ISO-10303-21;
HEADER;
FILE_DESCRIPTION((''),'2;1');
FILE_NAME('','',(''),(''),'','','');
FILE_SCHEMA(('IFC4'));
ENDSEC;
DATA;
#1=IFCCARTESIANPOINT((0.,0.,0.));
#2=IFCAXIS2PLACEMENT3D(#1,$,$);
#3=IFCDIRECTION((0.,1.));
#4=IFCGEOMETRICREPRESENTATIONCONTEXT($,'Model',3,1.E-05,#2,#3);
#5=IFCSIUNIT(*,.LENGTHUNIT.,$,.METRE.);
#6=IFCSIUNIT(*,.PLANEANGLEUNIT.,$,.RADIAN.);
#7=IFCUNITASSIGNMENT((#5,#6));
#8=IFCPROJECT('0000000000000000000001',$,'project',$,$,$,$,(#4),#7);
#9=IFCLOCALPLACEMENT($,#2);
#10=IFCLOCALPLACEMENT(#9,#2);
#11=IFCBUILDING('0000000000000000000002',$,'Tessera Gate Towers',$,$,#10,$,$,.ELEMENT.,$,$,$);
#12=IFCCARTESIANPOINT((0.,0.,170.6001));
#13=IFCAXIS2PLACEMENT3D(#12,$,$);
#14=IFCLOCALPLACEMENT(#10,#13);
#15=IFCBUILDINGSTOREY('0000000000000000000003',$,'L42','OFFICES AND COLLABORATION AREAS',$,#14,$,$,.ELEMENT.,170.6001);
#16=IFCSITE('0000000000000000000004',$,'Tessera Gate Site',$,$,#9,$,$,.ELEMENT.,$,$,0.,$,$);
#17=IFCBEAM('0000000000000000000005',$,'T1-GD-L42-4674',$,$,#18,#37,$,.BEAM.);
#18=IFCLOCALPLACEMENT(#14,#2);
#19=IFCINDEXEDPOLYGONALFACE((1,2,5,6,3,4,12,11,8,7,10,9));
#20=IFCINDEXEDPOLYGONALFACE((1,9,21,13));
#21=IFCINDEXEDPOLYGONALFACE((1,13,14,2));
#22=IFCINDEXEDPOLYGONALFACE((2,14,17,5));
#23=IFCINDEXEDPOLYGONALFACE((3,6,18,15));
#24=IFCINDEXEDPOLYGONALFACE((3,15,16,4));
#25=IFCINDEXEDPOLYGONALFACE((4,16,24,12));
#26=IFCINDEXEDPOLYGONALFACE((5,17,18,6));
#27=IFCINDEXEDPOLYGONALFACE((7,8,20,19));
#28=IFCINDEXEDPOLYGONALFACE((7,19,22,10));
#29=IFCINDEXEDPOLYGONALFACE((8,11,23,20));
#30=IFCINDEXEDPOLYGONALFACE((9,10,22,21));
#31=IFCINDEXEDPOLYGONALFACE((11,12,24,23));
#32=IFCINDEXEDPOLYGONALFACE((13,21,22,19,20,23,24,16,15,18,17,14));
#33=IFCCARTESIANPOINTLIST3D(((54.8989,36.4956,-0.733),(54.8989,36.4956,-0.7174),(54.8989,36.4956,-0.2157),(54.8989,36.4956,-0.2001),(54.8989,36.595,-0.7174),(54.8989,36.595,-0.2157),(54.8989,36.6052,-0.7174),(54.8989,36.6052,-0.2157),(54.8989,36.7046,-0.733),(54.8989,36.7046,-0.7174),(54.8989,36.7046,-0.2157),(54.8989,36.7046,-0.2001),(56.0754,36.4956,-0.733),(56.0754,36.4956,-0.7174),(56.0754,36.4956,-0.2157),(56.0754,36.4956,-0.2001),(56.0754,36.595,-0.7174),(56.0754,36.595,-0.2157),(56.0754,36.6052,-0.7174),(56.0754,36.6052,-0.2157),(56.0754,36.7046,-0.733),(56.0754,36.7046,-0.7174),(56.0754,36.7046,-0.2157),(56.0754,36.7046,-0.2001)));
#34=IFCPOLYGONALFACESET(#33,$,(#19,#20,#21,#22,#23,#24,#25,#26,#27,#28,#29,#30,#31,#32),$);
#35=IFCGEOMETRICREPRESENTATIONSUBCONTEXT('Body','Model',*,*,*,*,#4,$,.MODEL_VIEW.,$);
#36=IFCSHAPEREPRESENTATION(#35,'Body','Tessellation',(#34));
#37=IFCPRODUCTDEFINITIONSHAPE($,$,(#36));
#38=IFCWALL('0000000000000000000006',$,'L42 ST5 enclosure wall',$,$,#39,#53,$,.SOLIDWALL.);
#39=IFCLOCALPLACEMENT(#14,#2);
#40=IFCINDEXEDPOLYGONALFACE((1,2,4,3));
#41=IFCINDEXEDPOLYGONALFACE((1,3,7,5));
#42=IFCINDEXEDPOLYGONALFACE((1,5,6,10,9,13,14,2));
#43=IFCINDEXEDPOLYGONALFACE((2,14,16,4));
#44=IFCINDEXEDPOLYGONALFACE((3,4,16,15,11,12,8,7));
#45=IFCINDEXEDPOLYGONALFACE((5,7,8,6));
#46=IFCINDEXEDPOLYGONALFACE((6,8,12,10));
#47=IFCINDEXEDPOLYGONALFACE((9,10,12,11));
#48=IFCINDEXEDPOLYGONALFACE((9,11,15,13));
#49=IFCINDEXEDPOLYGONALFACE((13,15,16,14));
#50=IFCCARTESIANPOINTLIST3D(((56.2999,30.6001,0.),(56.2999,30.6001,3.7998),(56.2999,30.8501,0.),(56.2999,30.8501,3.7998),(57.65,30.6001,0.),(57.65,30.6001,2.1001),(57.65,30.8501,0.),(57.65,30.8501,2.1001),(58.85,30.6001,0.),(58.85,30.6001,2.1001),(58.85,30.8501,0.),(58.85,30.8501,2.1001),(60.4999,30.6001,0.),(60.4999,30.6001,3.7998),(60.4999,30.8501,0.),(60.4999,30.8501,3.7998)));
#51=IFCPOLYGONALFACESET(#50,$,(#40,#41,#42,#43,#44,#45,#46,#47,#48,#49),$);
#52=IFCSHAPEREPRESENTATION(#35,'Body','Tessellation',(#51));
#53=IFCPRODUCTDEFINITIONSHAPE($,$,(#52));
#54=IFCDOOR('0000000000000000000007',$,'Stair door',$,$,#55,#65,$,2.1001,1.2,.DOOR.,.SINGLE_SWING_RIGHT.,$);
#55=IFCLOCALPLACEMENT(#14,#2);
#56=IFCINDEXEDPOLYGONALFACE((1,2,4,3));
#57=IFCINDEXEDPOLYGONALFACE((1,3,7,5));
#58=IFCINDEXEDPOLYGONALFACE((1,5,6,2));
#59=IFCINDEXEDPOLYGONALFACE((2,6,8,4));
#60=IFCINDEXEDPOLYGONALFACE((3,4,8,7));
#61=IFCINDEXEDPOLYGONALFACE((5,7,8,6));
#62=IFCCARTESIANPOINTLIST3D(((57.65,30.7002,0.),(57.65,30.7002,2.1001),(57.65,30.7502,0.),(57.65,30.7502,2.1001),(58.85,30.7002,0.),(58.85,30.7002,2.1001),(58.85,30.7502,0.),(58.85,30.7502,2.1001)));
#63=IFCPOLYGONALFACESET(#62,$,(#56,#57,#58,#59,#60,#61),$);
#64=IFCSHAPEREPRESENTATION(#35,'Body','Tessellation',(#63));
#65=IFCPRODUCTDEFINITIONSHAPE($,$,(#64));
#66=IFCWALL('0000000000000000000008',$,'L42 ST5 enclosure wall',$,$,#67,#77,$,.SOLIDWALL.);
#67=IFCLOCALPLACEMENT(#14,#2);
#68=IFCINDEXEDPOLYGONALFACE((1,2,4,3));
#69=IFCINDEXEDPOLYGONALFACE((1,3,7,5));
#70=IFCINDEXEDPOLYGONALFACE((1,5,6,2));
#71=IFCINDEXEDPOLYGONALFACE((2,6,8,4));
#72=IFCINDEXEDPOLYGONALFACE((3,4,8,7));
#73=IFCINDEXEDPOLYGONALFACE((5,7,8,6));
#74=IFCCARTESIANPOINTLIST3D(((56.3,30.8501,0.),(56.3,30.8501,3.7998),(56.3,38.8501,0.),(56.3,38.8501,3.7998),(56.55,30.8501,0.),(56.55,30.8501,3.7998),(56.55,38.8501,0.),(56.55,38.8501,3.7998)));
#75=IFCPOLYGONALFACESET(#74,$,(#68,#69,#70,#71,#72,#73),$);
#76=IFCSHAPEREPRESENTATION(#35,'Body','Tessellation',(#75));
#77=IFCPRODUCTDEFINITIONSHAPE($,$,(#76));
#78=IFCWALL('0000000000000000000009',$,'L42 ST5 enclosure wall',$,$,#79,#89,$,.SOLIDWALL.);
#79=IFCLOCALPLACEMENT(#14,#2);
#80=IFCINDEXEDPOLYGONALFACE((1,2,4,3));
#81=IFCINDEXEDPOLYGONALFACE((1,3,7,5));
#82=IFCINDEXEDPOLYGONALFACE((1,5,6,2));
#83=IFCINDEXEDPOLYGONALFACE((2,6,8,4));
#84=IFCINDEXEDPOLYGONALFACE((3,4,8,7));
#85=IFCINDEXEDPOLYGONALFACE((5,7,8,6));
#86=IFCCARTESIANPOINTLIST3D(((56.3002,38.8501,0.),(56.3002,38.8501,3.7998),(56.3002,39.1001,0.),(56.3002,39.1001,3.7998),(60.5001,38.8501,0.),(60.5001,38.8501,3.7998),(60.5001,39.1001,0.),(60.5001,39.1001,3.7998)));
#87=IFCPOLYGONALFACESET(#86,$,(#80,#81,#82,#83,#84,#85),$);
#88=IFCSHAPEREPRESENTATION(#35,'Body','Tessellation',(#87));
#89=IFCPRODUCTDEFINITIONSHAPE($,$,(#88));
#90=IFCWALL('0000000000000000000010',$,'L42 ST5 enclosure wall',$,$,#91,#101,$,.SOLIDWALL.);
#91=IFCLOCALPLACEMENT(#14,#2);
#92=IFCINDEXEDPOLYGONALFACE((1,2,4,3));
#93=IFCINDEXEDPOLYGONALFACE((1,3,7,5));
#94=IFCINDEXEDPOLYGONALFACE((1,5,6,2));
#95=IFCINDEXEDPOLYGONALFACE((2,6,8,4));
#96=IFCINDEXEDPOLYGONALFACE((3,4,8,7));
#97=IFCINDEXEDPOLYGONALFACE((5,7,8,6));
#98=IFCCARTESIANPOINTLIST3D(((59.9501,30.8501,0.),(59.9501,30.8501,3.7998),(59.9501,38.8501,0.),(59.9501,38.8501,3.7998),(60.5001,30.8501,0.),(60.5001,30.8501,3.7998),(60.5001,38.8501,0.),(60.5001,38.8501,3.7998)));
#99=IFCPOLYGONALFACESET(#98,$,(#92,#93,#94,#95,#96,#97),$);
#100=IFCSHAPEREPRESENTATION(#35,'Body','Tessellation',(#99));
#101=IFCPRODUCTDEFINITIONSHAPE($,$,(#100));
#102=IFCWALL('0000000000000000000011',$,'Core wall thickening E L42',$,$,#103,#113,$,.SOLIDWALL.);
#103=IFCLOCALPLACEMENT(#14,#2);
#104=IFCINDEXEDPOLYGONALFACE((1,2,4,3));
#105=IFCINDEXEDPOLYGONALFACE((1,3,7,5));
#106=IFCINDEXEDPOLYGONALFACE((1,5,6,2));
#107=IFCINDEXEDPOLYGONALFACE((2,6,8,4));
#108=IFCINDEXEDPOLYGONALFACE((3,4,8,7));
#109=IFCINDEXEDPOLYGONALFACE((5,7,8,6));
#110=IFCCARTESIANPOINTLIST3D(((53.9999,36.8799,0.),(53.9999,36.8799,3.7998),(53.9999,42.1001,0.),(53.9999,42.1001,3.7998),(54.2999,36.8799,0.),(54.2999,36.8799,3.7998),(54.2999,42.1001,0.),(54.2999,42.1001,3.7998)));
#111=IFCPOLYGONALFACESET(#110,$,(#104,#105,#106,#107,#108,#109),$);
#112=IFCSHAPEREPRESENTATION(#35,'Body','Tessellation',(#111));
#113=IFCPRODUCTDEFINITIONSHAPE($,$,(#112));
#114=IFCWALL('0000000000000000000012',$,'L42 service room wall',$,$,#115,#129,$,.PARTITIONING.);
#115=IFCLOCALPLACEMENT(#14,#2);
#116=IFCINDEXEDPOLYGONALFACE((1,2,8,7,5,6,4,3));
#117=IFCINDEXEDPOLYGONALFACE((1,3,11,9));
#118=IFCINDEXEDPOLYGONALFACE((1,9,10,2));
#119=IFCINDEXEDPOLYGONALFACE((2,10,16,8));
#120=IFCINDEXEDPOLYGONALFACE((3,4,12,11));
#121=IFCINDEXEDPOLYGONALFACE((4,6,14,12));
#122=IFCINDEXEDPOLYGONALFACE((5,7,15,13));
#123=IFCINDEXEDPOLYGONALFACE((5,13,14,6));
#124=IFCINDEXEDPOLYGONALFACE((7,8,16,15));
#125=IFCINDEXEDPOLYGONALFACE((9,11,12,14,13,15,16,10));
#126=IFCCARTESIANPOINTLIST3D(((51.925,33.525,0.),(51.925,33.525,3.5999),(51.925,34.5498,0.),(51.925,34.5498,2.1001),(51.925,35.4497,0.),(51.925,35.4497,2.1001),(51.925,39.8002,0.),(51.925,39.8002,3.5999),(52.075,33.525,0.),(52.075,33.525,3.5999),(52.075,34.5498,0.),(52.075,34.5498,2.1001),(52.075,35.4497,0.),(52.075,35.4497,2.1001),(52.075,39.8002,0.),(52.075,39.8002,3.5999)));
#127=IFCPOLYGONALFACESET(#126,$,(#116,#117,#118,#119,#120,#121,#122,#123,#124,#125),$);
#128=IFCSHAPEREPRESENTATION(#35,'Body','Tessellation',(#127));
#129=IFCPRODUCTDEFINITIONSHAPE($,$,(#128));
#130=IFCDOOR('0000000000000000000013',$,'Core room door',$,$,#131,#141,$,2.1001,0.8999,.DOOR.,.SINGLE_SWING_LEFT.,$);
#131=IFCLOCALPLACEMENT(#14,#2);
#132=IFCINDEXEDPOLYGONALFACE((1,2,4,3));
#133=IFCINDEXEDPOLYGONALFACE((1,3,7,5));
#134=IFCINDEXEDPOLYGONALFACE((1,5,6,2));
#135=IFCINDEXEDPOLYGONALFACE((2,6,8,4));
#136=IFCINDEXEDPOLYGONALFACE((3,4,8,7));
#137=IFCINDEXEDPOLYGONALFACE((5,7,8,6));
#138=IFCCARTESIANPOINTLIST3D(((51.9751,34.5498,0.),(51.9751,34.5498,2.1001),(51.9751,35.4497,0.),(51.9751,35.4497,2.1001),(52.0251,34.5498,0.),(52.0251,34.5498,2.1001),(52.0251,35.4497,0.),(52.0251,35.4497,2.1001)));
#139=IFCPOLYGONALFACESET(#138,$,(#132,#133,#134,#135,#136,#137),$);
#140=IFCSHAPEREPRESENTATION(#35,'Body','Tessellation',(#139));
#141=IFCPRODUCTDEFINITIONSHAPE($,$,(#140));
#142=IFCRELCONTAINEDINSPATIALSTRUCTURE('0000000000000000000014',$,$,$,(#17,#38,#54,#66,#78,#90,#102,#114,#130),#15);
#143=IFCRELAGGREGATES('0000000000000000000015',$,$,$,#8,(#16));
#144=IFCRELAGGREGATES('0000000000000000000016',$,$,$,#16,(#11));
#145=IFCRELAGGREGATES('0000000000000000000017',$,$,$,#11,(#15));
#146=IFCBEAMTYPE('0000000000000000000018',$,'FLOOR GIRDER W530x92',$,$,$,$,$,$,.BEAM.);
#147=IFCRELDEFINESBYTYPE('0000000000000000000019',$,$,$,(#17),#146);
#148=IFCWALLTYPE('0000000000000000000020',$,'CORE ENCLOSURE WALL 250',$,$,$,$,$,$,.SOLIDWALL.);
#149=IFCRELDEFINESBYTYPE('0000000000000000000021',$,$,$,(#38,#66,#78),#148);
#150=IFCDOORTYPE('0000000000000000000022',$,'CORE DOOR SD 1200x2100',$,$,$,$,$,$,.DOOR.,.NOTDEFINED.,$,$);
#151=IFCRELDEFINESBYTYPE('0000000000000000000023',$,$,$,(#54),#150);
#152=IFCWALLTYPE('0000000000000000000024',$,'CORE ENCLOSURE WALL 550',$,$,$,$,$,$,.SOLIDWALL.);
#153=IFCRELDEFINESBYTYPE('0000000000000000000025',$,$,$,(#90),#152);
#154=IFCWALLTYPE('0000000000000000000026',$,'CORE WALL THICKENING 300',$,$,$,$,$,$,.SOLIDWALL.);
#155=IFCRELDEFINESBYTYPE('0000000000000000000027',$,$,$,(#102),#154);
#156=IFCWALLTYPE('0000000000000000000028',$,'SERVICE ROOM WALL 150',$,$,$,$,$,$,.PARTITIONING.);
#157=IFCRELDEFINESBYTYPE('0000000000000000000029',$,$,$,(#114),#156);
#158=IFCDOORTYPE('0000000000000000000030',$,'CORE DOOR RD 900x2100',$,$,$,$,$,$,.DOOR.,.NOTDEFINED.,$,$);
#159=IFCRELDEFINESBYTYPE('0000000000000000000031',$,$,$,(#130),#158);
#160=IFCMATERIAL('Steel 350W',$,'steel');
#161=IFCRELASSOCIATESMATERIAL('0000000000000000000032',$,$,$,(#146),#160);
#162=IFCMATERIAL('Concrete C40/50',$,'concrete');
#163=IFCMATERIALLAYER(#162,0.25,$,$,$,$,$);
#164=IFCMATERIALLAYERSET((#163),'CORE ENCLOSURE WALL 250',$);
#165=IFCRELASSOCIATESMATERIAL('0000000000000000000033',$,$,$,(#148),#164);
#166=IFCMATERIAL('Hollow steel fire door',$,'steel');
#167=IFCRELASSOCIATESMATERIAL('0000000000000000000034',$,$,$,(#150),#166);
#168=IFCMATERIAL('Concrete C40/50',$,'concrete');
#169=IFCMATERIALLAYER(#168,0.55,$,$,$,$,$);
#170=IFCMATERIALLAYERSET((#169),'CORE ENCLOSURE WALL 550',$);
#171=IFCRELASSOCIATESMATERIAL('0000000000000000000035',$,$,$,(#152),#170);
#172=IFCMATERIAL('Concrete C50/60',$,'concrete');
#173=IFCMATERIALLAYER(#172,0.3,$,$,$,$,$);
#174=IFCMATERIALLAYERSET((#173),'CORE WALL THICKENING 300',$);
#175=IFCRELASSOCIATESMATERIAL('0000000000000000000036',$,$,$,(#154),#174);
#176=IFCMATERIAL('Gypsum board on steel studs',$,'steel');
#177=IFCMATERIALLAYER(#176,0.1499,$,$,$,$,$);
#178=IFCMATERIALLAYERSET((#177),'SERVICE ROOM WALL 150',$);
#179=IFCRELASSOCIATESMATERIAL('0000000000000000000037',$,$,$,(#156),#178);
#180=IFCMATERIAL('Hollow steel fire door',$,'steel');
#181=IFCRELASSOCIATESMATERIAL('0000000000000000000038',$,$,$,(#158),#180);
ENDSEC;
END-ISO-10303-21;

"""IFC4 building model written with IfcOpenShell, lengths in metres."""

from ifc_helpers import new_model, si_unit, direction, frame, frame_2d, origin, origin_2d, place, context, subcontext, project, spatial, rectangle, i_section, extrude, source, transform, mapped, material, layer, layer_set, material_profile, profile_set, type_object, element, fill, save


model = new_model("IFC4")

# Units and contexts
model_context = context("Model", 3, precision=1e-05, world=origin(), true_north=direction((0.0, 1.0)))
body_context = subcontext(model_context, "Body", "Model", "MODEL_VIEW")
ifc_project = project(units=[si_unit("LENGTHUNIT", "METRE"), si_unit("PLANEANGLEUNIT", "RADIAN")], contexts=[model_context])

# Site, building, storey
site_placement = place(None, origin())
site = spatial("IfcSite", under=ifc_project, at=site_placement, Name="Tessera Gate Site", CompositionType="ELEMENT", RefElevation=0.0)
building_placement = place(site_placement, origin())
building = spatial("IfcBuilding", under=site, at=building_placement, Name="Tessera Gate Towers", CompositionType="ELEMENT")
storey_placement = place(building_placement, frame((0.0, 0.0, 170.6001)))
storey = spatial("IfcBuildingStorey", under=building, at=storey_placement, Name="L42", Description="OFFICES AND COLLABORATION AREAS", CompositionType="ELEMENT", Elevation=170.6001)

# Beam
ifc_material_1 = material(Name="Steel 350W", Category="steel")
ifc_material_profile = material_profile(ifc_material_1, i_section(OverallWidth=0.209, OverallDepth=0.533, WebThickness=0.0103, FlangeThickness=0.0156, at=origin_2d()), Name="W530x92")
ifc_profile_set = profile_set([ifc_material_profile], Name="Steel 350W")
beam_type = type_object("IfcBeamType", Name="FLOOR GIRDER W530x92", PredefinedType="BEAM", material=ifc_profile_set)
beam_placement = place(storey_placement, frame((54.8989, 36.6001, -0.4666), z_axis=(1.0, 0.0, 0.0), x_axis=(0.0, 1.0, 0.0)))
element("IfcBeam", 1, at=beam_placement, inside=storey, type_object=beam_type, Name="T1-GD-L42-4674", PredefinedType="BEAM", context=body_context, shape_type="SweptSolid", body=[
    extrude(i_section(OverallWidth=0.209, OverallDepth=0.533, WebThickness=0.0103, FlangeThickness=0.0156, at=origin_2d()), origin(), (0.0, 0.0, 1.0), 1.1765),
])

# Wall, opening, door
ifc_material_2 = material(Name="Concrete C40/50", Category="concrete")
ifc_layer_1 = layer(ifc_material_2, 0.25)
ifc_layer_set_1 = layer_set([ifc_layer_1], Name="CORE ENCLOSURE WALL 250")
wall_type_1 = type_object("IfcWallType", Name="CORE ENCLOSURE WALL 250", PredefinedType="SOLIDWALL", material=ifc_layer_set_1)
wall_1_placement = place(storey_placement, frame((60.5, 30.7251, 0.0), z_axis=(0.0, 0.0, 1.0), x_axis=(-1.0, 0.0, 0.0)))
wall_1 = element("IfcWall", 2, at=wall_1_placement, inside=storey, type_object=wall_type_1, Name="L42 ST5 enclosure wall", PredefinedType="SOLIDWALL", context=body_context, shape_type="SweptSolid", body=[
    extrude(rectangle(XDim=4.2, YDim=0.25, at=frame_2d((2.1001, 0.0))), origin(), (0.0, 0.0, 1.0), 3.7998),
])
shared_shape_1 = source(origin(), body_context, "Body", "SweptSolid", [
    extrude(rectangle(XDim=1.2, YDim=2.1001, at=frame_2d((0.6001, 1.05))), frame((0.0, 0.135, 0.0), z_axis=(0.0, -1.0, 0.0), x_axis=(1.0, 0.0, 0.0)), (0.0, 0.0, 1.0), 0.27),
])
opening_1_placement = place(wall_1_placement, frame((1.6499, 0.0, 0.0)))
opening_1 = element("IfcOpeningElement", 3, at=opening_1_placement, cuts=wall_1, PredefinedType="OPENING", context=body_context, shape_type="MappedRepresentation", body=[
    mapped(shared_shape_1, transform((0.0, 0.0, 0.0), scale=1.0)),
])
ifc_material_3 = material(Name="Hollow steel fire door", Category="steel")
door_type_1 = type_object("IfcDoorType", Name="CORE DOOR SD 1200x2100", OperationType="NOTDEFINED", PredefinedType="DOOR", material=ifc_material_3)
shared_shape_2 = source(origin(), body_context, "Body", "SweptSolid", [
    extrude(rectangle(XDim=1.2, YDim=2.1001, at=frame_2d((0.6001, 1.05))), frame((0.0, 0.0249, 0.0), z_axis=(0.0, -1.0, 0.0), x_axis=(1.0, 0.0, 0.0)), (0.0, 0.0, 1.0), 0.05),
])
door_1_placement = place(opening_1_placement, origin())
door_1 = element("IfcDoor", 4, at=door_1_placement, inside=storey, type_object=door_type_1, Name="Stair door", OperationType="SINGLE_SWING_RIGHT", OverallHeight=2.1001, OverallWidth=1.2, PredefinedType="DOOR", context=body_context, shape_type="MappedRepresentation", body=[
    mapped(shared_shape_2, transform((0.0, 0.0, 0.0), scale=1.0)),
])
fill(opening_1, door_1)

# Walls
wall_2_placement = place(storey_placement, frame((56.425, 30.8501, 0.0), z_axis=(0.0, 0.0, 1.0), x_axis=(0.0, 1.0, 0.0)))
element("IfcWall", 5, at=wall_2_placement, inside=storey, type_object=wall_type_1, Name="L42 ST5 enclosure wall", PredefinedType="SOLIDWALL", context=body_context, shape_type="SweptSolid", body=[
    extrude(rectangle(XDim=8.0, YDim=0.25, at=frame_2d((4.0, 0.0))), origin(), (0.0, 0.0, 1.0), 3.7998),
])
wall_3_placement = place(storey_placement, frame((56.3, 38.9751, 0.0), z_axis=(0.0, 0.0, 1.0), x_axis=(1.0, 0.0, 0.0)))
element("IfcWall", 6, at=wall_3_placement, inside=storey, type_object=wall_type_1, Name="L42 ST5 enclosure wall", PredefinedType="SOLIDWALL", context=body_context, shape_type="SweptSolid", body=[
    extrude(rectangle(XDim=4.2, YDim=0.25, at=frame_2d((2.1001, 0.0))), origin(), (0.0, 0.0, 1.0), 3.7998),
])
ifc_material_4 = material(Name="Concrete C40/50", Category="concrete")
ifc_layer_2 = layer(ifc_material_4, 0.55)
ifc_layer_set_2 = layer_set([ifc_layer_2], Name="CORE ENCLOSURE WALL 550")
wall_type_2 = type_object("IfcWallType", Name="CORE ENCLOSURE WALL 550", PredefinedType="SOLIDWALL", material=ifc_layer_set_2)
wall_4_placement = place(storey_placement, frame((60.2251, 38.8501, 0.0), z_axis=(0.0, 0.0, 1.0), x_axis=(0.0, -1.0, 0.0)))
element("IfcWall", 7, at=wall_4_placement, inside=storey, type_object=wall_type_2, Name="L42 ST5 enclosure wall", PredefinedType="SOLIDWALL", context=body_context, shape_type="SweptSolid", body=[
    extrude(rectangle(XDim=8.0, YDim=0.55, at=frame_2d((4.0, 0.0))), origin(), (0.0, 0.0, 1.0), 3.7998),
])
ifc_material_5 = material(Name="Concrete C50/60", Category="concrete")
ifc_layer_3 = layer(ifc_material_5, 0.3)
ifc_layer_set_3 = layer_set([ifc_layer_3], Name="CORE WALL THICKENING 300")
wall_type_3 = type_object("IfcWallType", Name="CORE WALL THICKENING 300", PredefinedType="SOLIDWALL", material=ifc_layer_set_3)
wall_5_placement = place(storey_placement, frame((54.1499, 36.8799, 0.0), z_axis=(0.0, 0.0, 1.0), x_axis=(0.0, 1.0, 0.0)))
element("IfcWall", 8, at=wall_5_placement, inside=storey, type_object=wall_type_3, Name="Core wall thickening E L42", PredefinedType="SOLIDWALL", context=body_context, shape_type="SweptSolid", body=[
    extrude(rectangle(XDim=5.2202, YDim=0.3, at=frame_2d((2.6101, 0.0))), origin(), (0.0, 0.0, 1.0), 3.7998),
])

# Wall, opening, door
ifc_material_6 = material(Name="Gypsum board on steel studs", Category="steel")
ifc_layer_4 = layer(ifc_material_6, 0.1499)
ifc_layer_set_4 = layer_set([ifc_layer_4], Name="SERVICE ROOM WALL 150")
wall_type_4 = type_object("IfcWallType", Name="SERVICE ROOM WALL 150", PredefinedType="PARTITIONING", material=ifc_layer_set_4)
wall_6_placement = place(storey_placement, frame((52.0, 33.5249, 0.0), z_axis=(0.0, 0.0, 1.0), x_axis=(0.0, 1.0, 0.0)))
wall_6 = element("IfcWall", 9, at=wall_6_placement, inside=storey, type_object=wall_type_4, Name="L42 service room wall", PredefinedType="PARTITIONING", context=body_context, shape_type="SweptSolid", body=[
    extrude(rectangle(XDim=6.2751, YDim=0.1499, at=frame_2d((3.1377, 0.0))), origin(), (0.0, 0.0, 1.0), 3.5999),
])
shared_shape_3 = source(origin(), body_context, "Body", "SweptSolid", [
    extrude(rectangle(XDim=0.8999, YDim=2.1001, at=frame_2d((0.45, 1.05))), frame((0.0, 0.085, 0.0), z_axis=(0.0, -1.0, 0.0), x_axis=(1.0, 0.0, 0.0)), (0.0, 0.0, 1.0), 0.1699),
])
opening_2_placement = place(wall_6_placement, frame((1.0249, 0.0, 0.0)))
opening_2 = element("IfcOpeningElement", 10, at=opening_2_placement, cuts=wall_6, PredefinedType="OPENING", context=body_context, shape_type="MappedRepresentation", body=[
    mapped(shared_shape_3, transform((0.0, 0.0, 0.0), scale=1.0)),
])
ifc_material_7 = material(Name="Hollow steel fire door", Category="steel")
door_type_2 = type_object("IfcDoorType", Name="CORE DOOR RD 900x2100", OperationType="NOTDEFINED", PredefinedType="DOOR", material=ifc_material_7)
shared_shape_4 = source(origin(), body_context, "Body", "SweptSolid", [
    extrude(rectangle(XDim=0.8999, YDim=2.1001, at=frame_2d((0.45, 1.05))), frame((0.0, 0.0249, 0.0), z_axis=(0.0, -1.0, 0.0), x_axis=(1.0, 0.0, 0.0)), (0.0, 0.0, 1.0), 0.05),
])
door_2_placement = place(opening_2_placement, origin())
door_2 = element("IfcDoor", 11, at=door_2_placement, inside=storey, type_object=door_type_2, Name="Core room door", OperationType="SINGLE_SWING_LEFT", OverallHeight=2.1001, OverallWidth=0.8999, PredefinedType="DOOR", context=body_context, shape_type="MappedRepresentation", body=[
    mapped(shared_shape_4, transform((0.0, 0.0, 0.0), scale=1.0)),
])
fill(opening_2, door_2)

save(model, "model.ifc")
